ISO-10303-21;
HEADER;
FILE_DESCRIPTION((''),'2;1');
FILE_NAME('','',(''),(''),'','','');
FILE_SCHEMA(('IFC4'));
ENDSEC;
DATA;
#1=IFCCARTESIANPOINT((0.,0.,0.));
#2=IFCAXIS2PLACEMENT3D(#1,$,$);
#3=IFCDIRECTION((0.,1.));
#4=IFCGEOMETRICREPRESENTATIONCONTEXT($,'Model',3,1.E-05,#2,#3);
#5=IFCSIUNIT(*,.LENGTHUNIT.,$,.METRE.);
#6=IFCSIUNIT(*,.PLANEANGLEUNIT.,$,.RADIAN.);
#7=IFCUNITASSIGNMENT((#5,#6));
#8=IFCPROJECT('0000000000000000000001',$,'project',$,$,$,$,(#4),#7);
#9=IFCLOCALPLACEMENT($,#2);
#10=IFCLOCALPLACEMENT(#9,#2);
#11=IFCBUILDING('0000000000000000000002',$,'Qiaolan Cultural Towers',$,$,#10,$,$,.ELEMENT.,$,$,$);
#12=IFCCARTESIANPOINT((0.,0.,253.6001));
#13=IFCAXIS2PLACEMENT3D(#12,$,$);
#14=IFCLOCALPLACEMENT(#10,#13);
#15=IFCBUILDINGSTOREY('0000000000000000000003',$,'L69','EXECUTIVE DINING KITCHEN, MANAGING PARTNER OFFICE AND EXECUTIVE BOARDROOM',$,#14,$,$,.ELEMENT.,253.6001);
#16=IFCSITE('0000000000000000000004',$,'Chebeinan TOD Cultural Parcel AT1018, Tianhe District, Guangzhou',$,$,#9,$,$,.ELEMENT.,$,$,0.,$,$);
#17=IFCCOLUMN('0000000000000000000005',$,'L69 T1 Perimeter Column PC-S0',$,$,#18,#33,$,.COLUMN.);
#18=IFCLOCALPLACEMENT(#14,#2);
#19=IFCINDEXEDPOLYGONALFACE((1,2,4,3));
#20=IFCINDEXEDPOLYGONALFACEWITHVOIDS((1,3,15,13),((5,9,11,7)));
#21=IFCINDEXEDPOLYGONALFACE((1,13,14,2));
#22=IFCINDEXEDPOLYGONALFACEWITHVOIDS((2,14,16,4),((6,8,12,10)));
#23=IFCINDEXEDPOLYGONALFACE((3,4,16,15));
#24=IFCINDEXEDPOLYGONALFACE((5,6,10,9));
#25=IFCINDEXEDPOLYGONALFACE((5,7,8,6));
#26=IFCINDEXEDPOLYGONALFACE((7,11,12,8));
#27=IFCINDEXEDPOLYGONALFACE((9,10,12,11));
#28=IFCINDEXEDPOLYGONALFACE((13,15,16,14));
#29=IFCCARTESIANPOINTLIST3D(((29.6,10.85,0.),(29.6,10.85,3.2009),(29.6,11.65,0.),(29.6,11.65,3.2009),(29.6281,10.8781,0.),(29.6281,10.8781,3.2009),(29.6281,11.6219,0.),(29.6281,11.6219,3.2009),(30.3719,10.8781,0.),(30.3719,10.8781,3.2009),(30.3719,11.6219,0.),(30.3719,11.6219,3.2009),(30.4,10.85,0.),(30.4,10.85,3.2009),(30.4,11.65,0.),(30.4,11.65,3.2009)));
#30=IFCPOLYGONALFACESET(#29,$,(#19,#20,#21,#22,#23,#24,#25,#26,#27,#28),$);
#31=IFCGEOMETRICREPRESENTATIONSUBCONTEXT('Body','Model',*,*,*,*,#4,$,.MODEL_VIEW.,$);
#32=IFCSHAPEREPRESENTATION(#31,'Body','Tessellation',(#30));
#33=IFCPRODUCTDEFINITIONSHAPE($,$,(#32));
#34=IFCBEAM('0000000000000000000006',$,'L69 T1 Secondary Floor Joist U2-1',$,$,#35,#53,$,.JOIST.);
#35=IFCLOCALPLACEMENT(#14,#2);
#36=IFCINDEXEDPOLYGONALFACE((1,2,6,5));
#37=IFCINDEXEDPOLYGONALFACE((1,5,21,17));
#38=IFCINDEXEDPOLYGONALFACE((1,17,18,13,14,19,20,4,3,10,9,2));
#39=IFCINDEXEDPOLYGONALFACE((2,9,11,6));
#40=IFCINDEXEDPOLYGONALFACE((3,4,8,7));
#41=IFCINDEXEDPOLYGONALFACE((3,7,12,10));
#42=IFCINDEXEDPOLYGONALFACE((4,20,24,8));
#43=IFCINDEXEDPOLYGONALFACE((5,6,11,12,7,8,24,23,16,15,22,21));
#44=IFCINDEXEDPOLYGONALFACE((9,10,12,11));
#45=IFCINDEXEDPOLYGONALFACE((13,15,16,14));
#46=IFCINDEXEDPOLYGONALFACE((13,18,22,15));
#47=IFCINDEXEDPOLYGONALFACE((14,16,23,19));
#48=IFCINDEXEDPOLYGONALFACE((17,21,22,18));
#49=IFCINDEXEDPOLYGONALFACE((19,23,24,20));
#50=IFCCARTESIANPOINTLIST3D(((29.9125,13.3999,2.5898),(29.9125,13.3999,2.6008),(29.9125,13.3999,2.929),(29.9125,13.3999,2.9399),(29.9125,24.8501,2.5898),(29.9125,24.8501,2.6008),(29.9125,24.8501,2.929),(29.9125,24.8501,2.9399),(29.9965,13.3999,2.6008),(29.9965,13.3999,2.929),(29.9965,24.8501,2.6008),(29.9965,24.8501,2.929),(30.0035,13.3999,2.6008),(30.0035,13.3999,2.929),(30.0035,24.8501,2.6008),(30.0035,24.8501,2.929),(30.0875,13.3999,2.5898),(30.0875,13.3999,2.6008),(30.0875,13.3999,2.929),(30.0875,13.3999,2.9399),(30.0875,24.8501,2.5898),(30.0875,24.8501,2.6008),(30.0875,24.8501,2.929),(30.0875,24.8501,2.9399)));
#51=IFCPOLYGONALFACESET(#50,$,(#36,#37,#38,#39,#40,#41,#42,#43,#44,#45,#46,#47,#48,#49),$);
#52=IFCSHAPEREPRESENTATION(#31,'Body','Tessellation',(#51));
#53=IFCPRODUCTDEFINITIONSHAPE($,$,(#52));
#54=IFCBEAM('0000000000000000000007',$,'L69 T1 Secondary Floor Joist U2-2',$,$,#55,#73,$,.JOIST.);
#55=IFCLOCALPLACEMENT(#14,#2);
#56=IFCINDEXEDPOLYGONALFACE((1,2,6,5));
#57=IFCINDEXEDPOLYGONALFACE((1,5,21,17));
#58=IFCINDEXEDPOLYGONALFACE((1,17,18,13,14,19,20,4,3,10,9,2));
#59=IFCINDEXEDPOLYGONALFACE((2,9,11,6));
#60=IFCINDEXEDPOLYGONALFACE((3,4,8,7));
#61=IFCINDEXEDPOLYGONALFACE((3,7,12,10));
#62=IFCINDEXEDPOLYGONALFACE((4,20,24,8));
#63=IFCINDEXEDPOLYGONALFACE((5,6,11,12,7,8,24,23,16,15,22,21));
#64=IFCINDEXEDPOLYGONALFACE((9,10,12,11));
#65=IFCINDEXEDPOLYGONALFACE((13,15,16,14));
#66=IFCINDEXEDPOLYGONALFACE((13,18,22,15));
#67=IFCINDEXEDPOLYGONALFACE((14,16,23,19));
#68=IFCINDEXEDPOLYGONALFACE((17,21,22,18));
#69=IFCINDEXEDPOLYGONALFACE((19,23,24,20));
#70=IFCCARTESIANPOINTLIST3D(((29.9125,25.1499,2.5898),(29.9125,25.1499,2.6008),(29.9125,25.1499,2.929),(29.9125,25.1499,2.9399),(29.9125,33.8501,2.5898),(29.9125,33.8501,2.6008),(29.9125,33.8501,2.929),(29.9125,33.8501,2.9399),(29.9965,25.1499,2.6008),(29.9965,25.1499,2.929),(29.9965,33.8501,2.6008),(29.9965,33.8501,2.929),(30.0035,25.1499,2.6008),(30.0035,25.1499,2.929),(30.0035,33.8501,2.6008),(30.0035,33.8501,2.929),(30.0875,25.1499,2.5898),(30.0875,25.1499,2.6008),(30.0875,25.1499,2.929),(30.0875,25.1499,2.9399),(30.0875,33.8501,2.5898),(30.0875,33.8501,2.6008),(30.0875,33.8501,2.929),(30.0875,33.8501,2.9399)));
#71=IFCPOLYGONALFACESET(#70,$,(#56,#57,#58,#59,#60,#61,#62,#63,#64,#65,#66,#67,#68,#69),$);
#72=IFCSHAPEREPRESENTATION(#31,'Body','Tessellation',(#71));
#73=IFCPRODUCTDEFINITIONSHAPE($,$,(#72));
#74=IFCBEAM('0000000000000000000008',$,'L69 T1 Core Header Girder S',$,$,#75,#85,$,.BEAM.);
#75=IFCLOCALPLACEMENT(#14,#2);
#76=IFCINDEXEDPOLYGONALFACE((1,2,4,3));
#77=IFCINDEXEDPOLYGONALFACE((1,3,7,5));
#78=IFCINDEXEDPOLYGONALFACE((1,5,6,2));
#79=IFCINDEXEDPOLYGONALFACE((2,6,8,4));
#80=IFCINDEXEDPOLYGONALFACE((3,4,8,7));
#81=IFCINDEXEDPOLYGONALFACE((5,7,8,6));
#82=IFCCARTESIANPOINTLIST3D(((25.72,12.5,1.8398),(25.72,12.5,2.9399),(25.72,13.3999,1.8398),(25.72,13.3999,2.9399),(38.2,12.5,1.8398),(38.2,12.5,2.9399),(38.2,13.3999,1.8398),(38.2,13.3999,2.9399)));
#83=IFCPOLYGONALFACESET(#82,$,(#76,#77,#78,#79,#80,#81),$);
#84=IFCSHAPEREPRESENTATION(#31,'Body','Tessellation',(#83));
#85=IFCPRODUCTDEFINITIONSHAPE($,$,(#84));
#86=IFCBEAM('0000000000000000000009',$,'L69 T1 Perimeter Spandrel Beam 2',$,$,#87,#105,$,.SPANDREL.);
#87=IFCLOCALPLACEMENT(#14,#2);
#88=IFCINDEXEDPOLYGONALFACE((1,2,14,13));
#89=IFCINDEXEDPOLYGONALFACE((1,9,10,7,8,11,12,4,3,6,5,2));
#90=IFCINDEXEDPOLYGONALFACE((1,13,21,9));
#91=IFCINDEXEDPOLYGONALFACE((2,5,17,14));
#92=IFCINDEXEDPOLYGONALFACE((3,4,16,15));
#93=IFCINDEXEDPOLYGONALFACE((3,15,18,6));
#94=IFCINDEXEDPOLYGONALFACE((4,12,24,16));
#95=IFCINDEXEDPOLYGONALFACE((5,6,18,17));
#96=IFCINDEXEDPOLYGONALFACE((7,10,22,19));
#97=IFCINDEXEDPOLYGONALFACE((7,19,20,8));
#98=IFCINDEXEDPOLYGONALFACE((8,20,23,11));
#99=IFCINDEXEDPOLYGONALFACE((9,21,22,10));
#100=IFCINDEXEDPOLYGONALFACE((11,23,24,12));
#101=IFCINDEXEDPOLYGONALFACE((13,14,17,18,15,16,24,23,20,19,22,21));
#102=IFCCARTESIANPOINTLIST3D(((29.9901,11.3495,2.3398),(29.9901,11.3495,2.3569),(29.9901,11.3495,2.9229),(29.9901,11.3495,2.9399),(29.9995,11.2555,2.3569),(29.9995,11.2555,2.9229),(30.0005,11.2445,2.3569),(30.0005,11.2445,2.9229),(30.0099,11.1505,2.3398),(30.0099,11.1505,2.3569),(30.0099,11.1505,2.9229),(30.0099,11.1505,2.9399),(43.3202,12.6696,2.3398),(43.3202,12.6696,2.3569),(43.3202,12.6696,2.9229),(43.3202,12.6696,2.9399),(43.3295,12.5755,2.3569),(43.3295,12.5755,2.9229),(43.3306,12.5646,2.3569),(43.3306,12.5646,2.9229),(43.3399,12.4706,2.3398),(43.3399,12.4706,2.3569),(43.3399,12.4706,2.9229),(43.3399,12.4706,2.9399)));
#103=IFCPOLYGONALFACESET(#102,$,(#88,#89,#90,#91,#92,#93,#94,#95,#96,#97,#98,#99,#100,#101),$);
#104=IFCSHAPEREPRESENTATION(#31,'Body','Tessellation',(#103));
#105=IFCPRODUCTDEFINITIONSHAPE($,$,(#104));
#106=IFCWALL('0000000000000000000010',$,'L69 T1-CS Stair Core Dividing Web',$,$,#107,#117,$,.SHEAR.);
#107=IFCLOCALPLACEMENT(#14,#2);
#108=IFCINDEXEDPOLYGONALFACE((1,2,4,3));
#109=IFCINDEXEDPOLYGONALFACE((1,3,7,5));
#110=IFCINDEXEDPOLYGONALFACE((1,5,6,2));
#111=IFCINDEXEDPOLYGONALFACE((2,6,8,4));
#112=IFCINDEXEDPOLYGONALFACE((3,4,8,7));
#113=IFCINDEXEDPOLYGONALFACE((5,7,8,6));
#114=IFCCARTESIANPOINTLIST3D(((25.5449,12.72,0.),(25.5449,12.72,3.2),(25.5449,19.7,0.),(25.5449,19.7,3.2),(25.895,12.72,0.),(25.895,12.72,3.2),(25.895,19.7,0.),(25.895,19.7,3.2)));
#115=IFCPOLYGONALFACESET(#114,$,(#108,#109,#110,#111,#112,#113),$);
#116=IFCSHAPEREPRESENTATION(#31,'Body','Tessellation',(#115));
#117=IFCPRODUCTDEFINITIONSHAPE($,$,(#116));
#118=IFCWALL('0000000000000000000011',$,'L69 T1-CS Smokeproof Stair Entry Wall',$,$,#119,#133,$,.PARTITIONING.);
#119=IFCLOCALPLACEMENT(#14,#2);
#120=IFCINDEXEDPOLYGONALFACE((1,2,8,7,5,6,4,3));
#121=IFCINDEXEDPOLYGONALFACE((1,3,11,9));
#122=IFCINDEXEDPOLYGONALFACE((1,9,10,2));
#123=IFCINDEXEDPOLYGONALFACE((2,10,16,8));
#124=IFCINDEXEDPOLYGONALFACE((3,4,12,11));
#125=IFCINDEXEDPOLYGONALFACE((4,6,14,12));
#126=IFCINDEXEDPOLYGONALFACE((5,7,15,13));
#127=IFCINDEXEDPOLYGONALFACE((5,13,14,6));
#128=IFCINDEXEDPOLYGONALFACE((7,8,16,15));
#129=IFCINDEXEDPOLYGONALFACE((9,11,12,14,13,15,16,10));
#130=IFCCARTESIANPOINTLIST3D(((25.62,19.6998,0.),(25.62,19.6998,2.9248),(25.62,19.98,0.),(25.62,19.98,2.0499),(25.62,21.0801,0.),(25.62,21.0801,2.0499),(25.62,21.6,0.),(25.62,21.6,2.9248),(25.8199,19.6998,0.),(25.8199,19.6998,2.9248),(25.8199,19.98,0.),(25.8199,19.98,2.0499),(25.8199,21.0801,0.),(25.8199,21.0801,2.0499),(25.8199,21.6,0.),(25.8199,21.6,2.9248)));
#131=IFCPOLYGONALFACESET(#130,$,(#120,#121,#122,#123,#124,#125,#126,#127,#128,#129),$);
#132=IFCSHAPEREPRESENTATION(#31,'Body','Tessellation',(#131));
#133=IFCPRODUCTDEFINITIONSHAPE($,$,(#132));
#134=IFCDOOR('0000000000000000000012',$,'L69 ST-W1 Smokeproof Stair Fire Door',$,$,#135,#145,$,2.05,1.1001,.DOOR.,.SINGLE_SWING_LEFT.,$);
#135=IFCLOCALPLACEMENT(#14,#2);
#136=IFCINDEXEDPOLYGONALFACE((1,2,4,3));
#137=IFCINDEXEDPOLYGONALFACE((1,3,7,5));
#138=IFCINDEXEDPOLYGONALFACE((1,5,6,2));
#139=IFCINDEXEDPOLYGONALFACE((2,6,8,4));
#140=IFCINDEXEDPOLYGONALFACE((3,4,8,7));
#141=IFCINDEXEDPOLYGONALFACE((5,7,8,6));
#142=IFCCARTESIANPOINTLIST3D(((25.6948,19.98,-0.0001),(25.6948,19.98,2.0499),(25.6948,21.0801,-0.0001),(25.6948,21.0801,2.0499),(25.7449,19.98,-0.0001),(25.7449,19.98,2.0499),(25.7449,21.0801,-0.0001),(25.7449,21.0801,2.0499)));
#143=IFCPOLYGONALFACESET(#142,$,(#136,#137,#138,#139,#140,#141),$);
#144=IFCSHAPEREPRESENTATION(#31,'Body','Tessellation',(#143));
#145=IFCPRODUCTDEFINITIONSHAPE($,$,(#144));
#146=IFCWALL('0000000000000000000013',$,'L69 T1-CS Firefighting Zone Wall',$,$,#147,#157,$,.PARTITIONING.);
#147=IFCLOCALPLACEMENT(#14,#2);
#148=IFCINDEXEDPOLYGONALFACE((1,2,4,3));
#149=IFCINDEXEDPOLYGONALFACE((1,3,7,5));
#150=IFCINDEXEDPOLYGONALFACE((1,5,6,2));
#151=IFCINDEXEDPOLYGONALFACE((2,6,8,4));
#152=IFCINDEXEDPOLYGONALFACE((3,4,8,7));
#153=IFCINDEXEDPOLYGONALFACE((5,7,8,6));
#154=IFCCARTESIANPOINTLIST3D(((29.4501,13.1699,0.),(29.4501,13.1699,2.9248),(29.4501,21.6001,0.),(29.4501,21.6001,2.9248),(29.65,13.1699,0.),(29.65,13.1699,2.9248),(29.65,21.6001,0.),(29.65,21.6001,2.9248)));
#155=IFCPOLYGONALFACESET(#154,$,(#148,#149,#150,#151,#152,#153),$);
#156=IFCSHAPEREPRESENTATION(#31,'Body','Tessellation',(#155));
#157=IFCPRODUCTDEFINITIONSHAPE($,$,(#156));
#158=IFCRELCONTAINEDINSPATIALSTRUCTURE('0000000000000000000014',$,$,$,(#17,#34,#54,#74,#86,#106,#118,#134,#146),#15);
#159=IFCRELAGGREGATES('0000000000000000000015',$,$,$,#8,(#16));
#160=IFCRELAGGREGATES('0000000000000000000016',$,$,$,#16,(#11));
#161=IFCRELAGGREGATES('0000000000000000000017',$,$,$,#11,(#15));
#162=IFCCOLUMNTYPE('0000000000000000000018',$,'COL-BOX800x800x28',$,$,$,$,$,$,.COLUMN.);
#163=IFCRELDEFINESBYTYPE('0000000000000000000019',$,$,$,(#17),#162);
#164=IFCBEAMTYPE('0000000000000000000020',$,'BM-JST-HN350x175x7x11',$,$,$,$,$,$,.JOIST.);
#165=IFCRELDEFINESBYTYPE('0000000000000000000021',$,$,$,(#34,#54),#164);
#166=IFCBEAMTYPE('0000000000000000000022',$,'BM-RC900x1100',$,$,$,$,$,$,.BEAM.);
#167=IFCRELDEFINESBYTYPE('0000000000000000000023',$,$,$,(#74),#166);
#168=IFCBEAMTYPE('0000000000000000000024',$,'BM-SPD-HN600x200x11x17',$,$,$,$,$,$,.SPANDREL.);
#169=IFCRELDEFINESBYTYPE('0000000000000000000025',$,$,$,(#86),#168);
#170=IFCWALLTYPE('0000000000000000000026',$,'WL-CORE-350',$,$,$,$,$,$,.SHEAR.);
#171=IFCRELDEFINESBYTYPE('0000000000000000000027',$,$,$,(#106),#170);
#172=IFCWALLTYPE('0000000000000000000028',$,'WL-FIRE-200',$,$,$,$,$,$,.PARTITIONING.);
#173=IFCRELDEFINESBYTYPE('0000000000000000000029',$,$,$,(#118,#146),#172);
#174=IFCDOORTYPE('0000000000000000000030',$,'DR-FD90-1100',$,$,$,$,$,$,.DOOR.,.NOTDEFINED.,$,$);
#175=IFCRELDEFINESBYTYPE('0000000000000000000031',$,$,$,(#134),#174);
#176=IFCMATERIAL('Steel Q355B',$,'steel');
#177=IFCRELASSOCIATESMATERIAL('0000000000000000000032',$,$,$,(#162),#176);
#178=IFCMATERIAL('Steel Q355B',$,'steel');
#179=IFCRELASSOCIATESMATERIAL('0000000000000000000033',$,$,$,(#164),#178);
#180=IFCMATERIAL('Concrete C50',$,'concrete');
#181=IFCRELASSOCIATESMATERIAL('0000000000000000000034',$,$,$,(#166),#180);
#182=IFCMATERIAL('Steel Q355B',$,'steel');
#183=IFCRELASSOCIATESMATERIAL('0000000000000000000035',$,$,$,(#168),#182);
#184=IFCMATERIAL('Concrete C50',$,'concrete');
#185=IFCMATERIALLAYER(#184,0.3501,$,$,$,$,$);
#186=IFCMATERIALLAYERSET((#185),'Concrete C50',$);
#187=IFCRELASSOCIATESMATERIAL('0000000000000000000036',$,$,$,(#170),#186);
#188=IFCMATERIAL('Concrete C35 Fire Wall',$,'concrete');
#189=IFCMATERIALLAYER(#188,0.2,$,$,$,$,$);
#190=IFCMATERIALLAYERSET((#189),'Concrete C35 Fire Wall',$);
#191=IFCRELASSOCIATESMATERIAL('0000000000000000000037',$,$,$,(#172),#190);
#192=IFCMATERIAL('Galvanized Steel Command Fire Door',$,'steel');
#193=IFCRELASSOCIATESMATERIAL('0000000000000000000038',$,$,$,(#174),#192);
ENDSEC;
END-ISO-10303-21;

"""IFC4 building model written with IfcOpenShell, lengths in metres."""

from ifc_helpers import new_model, si_unit, direction, frame, frame_2d, origin, origin_2d, place, context, subcontext, project, spatial, rectangle, hollow_rectangle, i_section, extrude, material, layer, layer_set, material_profile, profile_set, type_object, element, fill, save


model = new_model("IFC4")

# Units and contexts
model_context = context("Model", 3, precision=1e-05, world=origin(), true_north=direction((0.0, 1.0)))
body_context = subcontext(model_context, "Body", "Model", "MODEL_VIEW")
ifc_project = project(units=[si_unit("LENGTHUNIT", "METRE"), si_unit("PLANEANGLEUNIT", "RADIAN")], contexts=[model_context])

# Site, building, storey
site_placement = place(None, origin())
site = spatial("IfcSite", under=ifc_project, at=site_placement, Name="Chebeinan TOD Cultural Parcel AT1018, Tianhe District, Guangzhou", CompositionType="ELEMENT", RefElevation=0.0)
building_placement = place(site_placement, origin())
building = spatial("IfcBuilding", under=site, at=building_placement, Name="Qiaolan Cultural Towers", CompositionType="ELEMENT")
storey_placement = place(building_placement, frame((0.0, 0.0, 253.6001)))
storey = spatial("IfcBuildingStorey", under=building, at=storey_placement, Name="L69", Description="EXECUTIVE DINING KITCHEN, MANAGING PARTNER OFFICE AND EXECUTIVE BOARDROOM", CompositionType="ELEMENT", Elevation=253.6001)

# Column
ifc_material_1 = material(Name="Steel Q355B", Category="steel")
ifc_material_profile_1 = material_profile(ifc_material_1, hollow_rectangle(XDim=0.8, YDim=0.8, WallThickness=0.0281, at=origin_2d()), Name="BOX800x800x28")
ifc_profile_set_1 = profile_set([ifc_material_profile_1], Name="Steel Q355B")
column_type = type_object("IfcColumnType", Name="COL-BOX800x800x28", PredefinedType="COLUMN", material=ifc_profile_set_1)
column_placement = place(storey_placement, frame((30.0, 11.25, 0.0), z_axis=(0.0, 0.0, 1.0), x_axis=(1.0, 0.0, 0.0)))
element("IfcColumn", 1, at=column_placement, inside=storey, type_object=column_type, Name="L69 T1 Perimeter Column PC-S0", PredefinedType="COLUMN", context=body_context, shape_type="SweptSolid", body=[
    extrude(hollow_rectangle(XDim=0.8, YDim=0.8, WallThickness=0.0281, at=origin_2d()), origin(), (0.0, 0.0, 1.0), 3.2009),
])

# Beams
ifc_material_2 = material(Name="Steel Q355B", Category="steel")
ifc_material_profile_2 = material_profile(ifc_material_2, i_section(OverallWidth=0.175, OverallDepth=0.3501, WebThickness=0.0071, FlangeThickness=0.011, at=origin_2d()), Name="HN350x175x7x11")
ifc_profile_set_2 = profile_set([ifc_material_profile_2], Name="Steel Q355B")
beam_type_1 = type_object("IfcBeamType", Name="BM-JST-HN350x175x7x11", PredefinedType="JOIST", material=ifc_profile_set_2)
beam_1_placement = place(storey_placement, frame((30.0, 13.3999, 2.7649), z_axis=(0.0, 1.0, 0.0), x_axis=(-1.0, 0.0, 0.0)))
element("IfcBeam", 2, at=beam_1_placement, inside=storey, type_object=beam_type_1, Name="L69 T1 Secondary Floor Joist U2-1", PredefinedType="JOIST", context=body_context, shape_type="SweptSolid", body=[
    extrude(i_section(OverallWidth=0.175, OverallDepth=0.3501, WebThickness=0.0071, FlangeThickness=0.011, at=origin_2d()), origin(), (0.0, 0.0, 1.0), 11.4502),
])
beam_2_placement = place(storey_placement, frame((30.0, 25.1499, 2.7649), z_axis=(0.0, 1.0, 0.0), x_axis=(-1.0, 0.0, 0.0)))
element("IfcBeam", 3, at=beam_2_placement, inside=storey, type_object=beam_type_1, Name="L69 T1 Secondary Floor Joist U2-2", PredefinedType="JOIST", context=body_context, shape_type="SweptSolid", body=[
    extrude(i_section(OverallWidth=0.175, OverallDepth=0.3501, WebThickness=0.0071, FlangeThickness=0.011, at=origin_2d()), origin(), (0.0, 0.0, 1.0), 8.7002),
])
ifc_material_3 = material(Name="Concrete C50", Category="concrete")
ifc_material_profile_3 = material_profile(ifc_material_3, rectangle(XDim=0.8999, YDim=1.1001, at=origin_2d()), Name="RC900x1100")
ifc_profile_set_3 = profile_set([ifc_material_profile_3], Name="Concrete C50")
beam_type_2 = type_object("IfcBeamType", Name="BM-RC900x1100", PredefinedType="BEAM", material=ifc_profile_set_3)
beam_3_placement = place(storey_placement, frame((25.72, 12.95, 2.3899), z_axis=(1.0, 0.0, 0.0), x_axis=(0.0, 1.0, 0.0)))
element("IfcBeam", 4, at=beam_3_placement, inside=storey, type_object=beam_type_2, Name="L69 T1 Core Header Girder S", PredefinedType="BEAM", context=body_context, shape_type="SweptSolid", body=[
    extrude(rectangle(XDim=0.8999, YDim=1.1001, at=origin_2d()), origin(), (0.0, 0.0, 1.0), 12.48),
])
ifc_material_4 = material(Name="Steel Q355B", Category="steel")
ifc_material_profile_4 = material_profile(ifc_material_4, i_section(OverallWidth=0.2, OverallDepth=0.6001, WebThickness=0.011, FlangeThickness=0.0171, at=origin_2d()), Name="HN600x200x11x17")
ifc_profile_set_4 = profile_set([ifc_material_profile_4], Name="Steel Q355B")
beam_type_3 = type_object("IfcBeamType", Name="BM-SPD-HN600x200x11x17", PredefinedType="SPANDREL", material=ifc_profile_set_4)
beam_4_placement = place(storey_placement, frame((30.0, 11.25, 2.6399), z_axis=(0.995132, 0.098547, 0.0), x_axis=(-0.098547, 0.995132, 0.0)))
element("IfcBeam", 5, at=beam_4_placement, inside=storey, type_object=beam_type_3, Name="L69 T1 Perimeter Spandrel Beam 2", PredefinedType="SPANDREL", context=body_context, shape_type="SweptSolid", body=[
    extrude(i_section(OverallWidth=0.2, OverallDepth=0.6001, WebThickness=0.011, FlangeThickness=0.0171, at=origin_2d()), origin(), (0.0, 0.0, 1.0), 13.3953),
])

# Wall
ifc_material_5 = material(Name="Concrete C50", Category="concrete")
ifc_layer_1 = layer(ifc_material_5, 0.3501)
ifc_layer_set_1 = layer_set([ifc_layer_1], Name="Concrete C50")
wall_type_1 = type_object("IfcWallType", Name="WL-CORE-350", PredefinedType="SHEAR", material=ifc_layer_set_1)
wall_1_placement = place(storey_placement, frame((25.72, 19.7, 0.0), z_axis=(0.0, 0.0, 1.0), x_axis=(0.0, -1.0, 0.0)))
element("IfcWall", 6, at=wall_1_placement, inside=storey, type_object=wall_type_1, Name="L69 T1-CS Stair Core Dividing Web", PredefinedType="SHEAR", context=body_context, shape_type="SweptSolid", body=[
    extrude(rectangle(XDim=6.98, YDim=0.3501, at=frame_2d((3.49, 0.0))), origin(), (0.0, 0.0, 1.0), 3.2),
])

# Wall, opening, door
ifc_material_6 = material(Name="Concrete C35 Fire Wall", Category="concrete")
ifc_layer_2 = layer(ifc_material_6, 0.2)
ifc_layer_set_2 = layer_set([ifc_layer_2], Name="Concrete C35 Fire Wall")
wall_type_2 = type_object("IfcWallType", Name="WL-FIRE-200", PredefinedType="PARTITIONING", material=ifc_layer_set_2)
wall_2_placement = place(storey_placement, frame((25.72, 21.6001, 0.0), z_axis=(0.0, 0.0, 1.0), x_axis=(0.0, -1.0, 0.0)))
wall_2 = element("IfcWall", 7, at=wall_2_placement, inside=storey, type_object=wall_type_2, Name="L69 T1-CS Smokeproof Stair Entry Wall", PredefinedType="PARTITIONING", context=body_context, shape_type="SweptSolid", body=[
    extrude(rectangle(XDim=1.9001, YDim=0.2, at=frame_2d((0.9502, 0.0))), origin(), (0.0, 0.0, 1.0), 2.9248),
])
opening_1_placement = place(wall_2_placement, frame((0.52, 0.0, 0.0)))
opening_1 = element("IfcOpeningElement", 8, at=opening_1_placement, cuts=wall_2, PredefinedType="OPENING", context=body_context, shape_type="SweptSolid", body=[
    extrude(rectangle(XDim=1.1001, YDim=2.05, at=frame_2d((0.55, 1.0249))), frame((0.0, 0.1099, 0.0), z_axis=(0.0, -1.0, 0.0), x_axis=(1.0, 0.0, 0.0)), (0.0, 0.0, 1.0), 0.22),
])
ifc_material_7 = material(Name="Galvanized Steel Command Fire Door", Category="steel")
door_type_1 = type_object("IfcDoorType", Name="DR-FD90-1100", OperationType="NOTDEFINED", PredefinedType="DOOR", material=ifc_material_7)
door_1_placement = place(opening_1_placement, origin())
door_1 = element("IfcDoor", 9, at=door_1_placement, inside=storey, type_object=door_type_1, Name="L69 ST-W1 Smokeproof Stair Fire Door", OperationType="SINGLE_SWING_LEFT", OverallHeight=2.05, OverallWidth=1.1001, PredefinedType="DOOR", context=body_context, shape_type="SweptSolid", body=[
    extrude(rectangle(XDim=1.1001, YDim=2.05, at=frame_2d((0.55, 1.0249))), frame((0.0, 0.0249, 0.0), z_axis=(0.0, -1.0, 0.0), x_axis=(1.0, 0.0, 0.0)), (0.0, 0.0, 1.0), 0.05),
])
fill(opening_1, door_1)

# Wall
wall_3_placement = place(storey_placement, frame((29.55, 21.6001, 0.0), z_axis=(0.0, 0.0, 1.0), x_axis=(0.0, -1.0, 0.0)))
element("IfcWall", 10, at=wall_3_placement, inside=storey, type_object=wall_type_2, Name="L69 T1-CS Firefighting Zone Wall", PredefinedType="PARTITIONING", context=body_context, shape_type="SweptSolid", body=[
    extrude(rectangle(XDim=8.4302, YDim=0.2, at=frame_2d((4.2151, 0.0))), origin(), (0.0, 0.0, 1.0), 2.9248),
])

save(model, "model.ifc")
